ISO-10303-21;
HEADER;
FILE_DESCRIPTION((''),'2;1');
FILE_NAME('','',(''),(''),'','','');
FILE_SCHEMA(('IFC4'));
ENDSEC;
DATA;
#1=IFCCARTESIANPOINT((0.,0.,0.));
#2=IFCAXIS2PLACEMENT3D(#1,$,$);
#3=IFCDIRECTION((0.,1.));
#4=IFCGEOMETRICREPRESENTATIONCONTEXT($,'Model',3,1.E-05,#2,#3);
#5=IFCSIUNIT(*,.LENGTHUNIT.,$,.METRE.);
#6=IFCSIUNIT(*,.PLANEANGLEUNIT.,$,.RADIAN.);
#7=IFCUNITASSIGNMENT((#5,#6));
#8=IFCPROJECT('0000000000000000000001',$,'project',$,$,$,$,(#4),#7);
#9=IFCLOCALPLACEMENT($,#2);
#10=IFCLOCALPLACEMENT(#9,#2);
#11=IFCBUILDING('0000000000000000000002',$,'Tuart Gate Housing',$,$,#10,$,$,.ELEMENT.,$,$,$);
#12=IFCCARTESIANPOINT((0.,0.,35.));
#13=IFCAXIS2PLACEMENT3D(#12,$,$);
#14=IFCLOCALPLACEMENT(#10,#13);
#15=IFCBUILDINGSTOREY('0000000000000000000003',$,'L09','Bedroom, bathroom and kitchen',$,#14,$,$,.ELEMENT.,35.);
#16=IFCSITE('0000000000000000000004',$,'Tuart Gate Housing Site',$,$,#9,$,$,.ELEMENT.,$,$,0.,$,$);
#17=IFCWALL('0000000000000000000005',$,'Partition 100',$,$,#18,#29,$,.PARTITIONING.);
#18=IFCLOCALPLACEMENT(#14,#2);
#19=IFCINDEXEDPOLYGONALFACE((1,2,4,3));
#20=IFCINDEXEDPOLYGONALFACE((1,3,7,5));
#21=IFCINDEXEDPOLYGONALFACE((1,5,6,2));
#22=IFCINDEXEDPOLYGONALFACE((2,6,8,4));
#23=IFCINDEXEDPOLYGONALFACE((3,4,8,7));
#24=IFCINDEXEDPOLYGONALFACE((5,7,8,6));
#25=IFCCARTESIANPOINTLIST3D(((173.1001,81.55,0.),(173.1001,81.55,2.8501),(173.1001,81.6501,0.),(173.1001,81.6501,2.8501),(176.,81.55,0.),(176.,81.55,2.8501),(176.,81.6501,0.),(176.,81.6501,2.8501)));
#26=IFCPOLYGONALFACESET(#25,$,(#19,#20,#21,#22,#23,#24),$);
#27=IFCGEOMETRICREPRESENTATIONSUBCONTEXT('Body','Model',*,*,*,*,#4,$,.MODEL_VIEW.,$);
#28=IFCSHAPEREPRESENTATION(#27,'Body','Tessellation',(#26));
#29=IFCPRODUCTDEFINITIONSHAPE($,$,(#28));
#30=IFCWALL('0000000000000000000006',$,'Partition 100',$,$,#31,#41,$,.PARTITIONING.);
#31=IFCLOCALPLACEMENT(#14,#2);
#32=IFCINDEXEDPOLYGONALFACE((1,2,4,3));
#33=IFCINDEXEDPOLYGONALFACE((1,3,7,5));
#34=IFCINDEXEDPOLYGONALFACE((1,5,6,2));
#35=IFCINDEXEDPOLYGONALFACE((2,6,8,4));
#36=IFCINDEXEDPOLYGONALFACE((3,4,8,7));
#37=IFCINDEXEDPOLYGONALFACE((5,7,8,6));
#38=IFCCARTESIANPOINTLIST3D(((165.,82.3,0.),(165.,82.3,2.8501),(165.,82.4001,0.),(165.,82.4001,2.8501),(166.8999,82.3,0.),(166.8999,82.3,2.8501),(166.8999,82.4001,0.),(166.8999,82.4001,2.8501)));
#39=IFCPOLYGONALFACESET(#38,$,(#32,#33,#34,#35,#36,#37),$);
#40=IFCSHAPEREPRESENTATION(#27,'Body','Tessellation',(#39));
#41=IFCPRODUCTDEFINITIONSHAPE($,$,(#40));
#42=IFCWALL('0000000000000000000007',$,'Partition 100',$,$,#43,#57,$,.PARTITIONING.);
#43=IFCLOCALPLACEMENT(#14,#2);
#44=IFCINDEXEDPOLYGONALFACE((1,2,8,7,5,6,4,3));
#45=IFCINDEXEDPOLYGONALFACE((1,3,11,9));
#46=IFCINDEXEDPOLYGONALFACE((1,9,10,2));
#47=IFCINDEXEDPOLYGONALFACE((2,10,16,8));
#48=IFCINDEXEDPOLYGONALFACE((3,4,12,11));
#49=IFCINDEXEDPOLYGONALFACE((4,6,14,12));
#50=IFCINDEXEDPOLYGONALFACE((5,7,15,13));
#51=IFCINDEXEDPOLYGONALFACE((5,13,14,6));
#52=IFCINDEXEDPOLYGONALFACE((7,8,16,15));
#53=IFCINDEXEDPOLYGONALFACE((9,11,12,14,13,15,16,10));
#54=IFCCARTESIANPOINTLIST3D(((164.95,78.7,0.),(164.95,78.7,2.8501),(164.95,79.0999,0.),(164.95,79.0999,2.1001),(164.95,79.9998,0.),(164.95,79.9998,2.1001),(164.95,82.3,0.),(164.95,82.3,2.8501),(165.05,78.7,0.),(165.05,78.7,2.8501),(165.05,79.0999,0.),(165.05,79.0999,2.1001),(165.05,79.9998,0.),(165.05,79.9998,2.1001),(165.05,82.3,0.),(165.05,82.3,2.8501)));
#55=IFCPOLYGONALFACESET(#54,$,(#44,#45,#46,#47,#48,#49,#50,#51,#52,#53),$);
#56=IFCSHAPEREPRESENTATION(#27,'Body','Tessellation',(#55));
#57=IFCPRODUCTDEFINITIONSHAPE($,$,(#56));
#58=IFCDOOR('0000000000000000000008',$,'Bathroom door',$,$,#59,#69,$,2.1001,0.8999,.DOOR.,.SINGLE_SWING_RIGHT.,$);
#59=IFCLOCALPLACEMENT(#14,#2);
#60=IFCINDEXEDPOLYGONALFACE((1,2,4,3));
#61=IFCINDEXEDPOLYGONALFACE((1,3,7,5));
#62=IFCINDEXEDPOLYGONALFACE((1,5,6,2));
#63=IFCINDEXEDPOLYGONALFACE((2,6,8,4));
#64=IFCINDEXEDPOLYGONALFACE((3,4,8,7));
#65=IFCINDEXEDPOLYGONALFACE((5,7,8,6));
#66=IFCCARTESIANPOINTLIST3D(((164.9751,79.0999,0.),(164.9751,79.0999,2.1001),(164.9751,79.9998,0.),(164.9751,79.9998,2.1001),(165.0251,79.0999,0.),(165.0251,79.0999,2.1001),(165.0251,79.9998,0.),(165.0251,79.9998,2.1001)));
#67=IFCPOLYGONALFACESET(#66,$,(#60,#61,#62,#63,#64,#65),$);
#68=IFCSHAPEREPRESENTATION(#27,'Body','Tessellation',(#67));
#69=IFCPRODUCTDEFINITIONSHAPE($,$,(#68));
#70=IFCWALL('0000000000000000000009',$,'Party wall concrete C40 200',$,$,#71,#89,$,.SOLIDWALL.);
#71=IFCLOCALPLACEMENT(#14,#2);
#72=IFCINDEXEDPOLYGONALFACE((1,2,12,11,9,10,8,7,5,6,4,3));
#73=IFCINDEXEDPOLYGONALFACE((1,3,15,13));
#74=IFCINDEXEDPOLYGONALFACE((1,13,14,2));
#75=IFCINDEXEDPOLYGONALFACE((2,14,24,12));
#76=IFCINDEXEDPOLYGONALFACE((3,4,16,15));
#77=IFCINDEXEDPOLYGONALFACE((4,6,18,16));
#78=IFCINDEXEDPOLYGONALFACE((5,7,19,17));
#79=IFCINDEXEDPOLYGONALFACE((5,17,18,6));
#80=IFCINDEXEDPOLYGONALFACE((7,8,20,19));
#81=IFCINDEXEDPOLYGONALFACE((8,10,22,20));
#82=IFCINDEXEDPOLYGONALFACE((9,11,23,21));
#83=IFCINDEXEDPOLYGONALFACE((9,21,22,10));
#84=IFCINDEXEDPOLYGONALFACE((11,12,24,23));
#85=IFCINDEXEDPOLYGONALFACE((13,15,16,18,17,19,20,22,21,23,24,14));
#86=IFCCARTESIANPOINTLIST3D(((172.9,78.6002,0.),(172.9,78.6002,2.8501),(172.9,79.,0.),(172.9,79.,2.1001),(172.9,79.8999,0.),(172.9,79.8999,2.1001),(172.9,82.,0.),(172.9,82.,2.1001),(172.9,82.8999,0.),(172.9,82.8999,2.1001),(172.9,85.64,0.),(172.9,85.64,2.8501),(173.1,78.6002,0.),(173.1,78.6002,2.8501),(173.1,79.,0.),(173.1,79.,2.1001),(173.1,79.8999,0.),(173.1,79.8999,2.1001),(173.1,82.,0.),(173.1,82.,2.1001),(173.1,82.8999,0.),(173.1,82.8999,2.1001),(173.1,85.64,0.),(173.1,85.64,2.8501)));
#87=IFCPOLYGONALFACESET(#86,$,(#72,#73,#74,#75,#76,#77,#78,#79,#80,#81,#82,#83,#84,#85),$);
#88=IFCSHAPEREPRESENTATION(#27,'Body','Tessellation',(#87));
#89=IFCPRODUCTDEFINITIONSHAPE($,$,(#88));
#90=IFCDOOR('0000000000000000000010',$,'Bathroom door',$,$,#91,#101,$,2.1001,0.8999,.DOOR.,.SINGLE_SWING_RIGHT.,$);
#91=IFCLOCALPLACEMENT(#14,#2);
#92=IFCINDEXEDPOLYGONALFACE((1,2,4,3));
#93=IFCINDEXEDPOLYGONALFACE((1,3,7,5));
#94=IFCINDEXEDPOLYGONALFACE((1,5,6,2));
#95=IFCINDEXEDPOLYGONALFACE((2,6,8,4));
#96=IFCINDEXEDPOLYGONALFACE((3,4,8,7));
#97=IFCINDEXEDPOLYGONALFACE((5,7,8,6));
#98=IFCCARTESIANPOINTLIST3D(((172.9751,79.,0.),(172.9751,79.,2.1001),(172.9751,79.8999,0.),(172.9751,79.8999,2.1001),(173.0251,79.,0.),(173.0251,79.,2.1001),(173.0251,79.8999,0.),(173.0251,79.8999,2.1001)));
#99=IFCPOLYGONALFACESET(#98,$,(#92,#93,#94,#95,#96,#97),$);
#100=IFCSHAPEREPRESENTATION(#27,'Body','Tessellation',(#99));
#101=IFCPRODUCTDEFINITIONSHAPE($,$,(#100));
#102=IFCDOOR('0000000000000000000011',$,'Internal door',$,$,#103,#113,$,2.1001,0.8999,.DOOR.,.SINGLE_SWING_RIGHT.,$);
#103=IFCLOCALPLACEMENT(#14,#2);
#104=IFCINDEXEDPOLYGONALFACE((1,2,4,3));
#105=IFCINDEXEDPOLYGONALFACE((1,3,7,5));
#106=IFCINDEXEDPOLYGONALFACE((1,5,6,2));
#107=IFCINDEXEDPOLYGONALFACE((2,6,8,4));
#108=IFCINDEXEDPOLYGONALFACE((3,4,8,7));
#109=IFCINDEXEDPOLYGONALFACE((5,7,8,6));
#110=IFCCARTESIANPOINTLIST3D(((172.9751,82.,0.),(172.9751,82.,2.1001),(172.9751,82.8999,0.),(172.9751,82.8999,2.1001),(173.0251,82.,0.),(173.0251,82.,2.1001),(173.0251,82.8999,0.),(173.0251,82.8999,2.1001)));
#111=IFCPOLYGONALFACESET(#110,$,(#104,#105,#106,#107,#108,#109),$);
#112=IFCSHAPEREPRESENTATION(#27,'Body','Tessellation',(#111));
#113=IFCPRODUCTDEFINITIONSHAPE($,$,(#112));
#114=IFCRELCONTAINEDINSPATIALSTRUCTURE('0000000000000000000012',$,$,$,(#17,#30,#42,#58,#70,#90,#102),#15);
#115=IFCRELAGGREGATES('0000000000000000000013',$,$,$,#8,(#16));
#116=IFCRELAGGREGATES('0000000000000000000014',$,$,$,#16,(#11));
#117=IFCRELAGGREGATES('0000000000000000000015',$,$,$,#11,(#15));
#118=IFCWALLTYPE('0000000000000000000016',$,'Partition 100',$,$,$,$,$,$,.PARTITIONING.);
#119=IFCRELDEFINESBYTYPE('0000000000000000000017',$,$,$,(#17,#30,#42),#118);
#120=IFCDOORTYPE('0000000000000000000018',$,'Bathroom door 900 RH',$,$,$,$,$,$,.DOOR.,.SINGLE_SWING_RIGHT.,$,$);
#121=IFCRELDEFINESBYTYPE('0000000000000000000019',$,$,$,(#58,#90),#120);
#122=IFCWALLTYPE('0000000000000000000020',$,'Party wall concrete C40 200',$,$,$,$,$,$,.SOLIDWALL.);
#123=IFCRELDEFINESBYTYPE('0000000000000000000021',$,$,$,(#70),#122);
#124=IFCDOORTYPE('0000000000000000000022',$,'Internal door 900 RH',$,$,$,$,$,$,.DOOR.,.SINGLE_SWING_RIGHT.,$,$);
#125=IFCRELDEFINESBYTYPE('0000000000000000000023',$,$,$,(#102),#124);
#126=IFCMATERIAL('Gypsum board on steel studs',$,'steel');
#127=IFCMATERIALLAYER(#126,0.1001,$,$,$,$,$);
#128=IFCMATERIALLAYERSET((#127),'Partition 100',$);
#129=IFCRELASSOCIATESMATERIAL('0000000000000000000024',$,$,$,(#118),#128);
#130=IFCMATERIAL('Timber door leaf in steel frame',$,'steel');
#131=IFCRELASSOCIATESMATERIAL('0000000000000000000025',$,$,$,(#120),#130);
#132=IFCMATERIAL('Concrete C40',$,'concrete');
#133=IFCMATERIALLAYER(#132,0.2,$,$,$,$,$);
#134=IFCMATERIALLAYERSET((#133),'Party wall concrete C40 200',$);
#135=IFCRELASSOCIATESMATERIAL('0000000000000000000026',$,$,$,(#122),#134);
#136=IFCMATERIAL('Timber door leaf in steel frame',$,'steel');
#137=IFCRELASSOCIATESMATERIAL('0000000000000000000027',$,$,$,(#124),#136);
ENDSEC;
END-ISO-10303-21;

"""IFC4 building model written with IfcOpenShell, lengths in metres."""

from ifc_helpers import new_model, si_unit, direction, frame, frame_2d, origin, place, context, subcontext, project, spatial, rectangle, extrude, material, layer, layer_set, type_object, element, fill, save


model = new_model("IFC4")

# Units and contexts
model_context = context("Model", 3, precision=1e-05, world=origin(), true_north=direction((0.0, 1.0)))
body_context = subcontext(model_context, "Body", "Model", "MODEL_VIEW")
ifc_project = project(units=[si_unit("LENGTHUNIT", "METRE"), si_unit("PLANEANGLEUNIT", "RADIAN")], contexts=[model_context])

# Site, building, storey
site_placement = place(None, origin())
site = spatial("IfcSite", under=ifc_project, at=site_placement, Name="Tuart Gate Housing Site", CompositionType="ELEMENT", RefElevation=0.0)
building_placement = place(site_placement, origin())
building = spatial("IfcBuilding", under=site, at=building_placement, Name="Tuart Gate Housing", CompositionType="ELEMENT")
storey_placement = place(building_placement, frame((0.0, 0.0, 35.0)))
storey = spatial("IfcBuildingStorey", under=building, at=storey_placement, Name="L09", Description="Bedroom, bathroom and kitchen", CompositionType="ELEMENT", Elevation=35.0)

# Walls
ifc_material_1 = material(Name="Gypsum board on steel studs", Category="steel")
ifc_layer_1 = layer(ifc_material_1, 0.1001)
ifc_layer_set_1 = layer_set([ifc_layer_1], Name="Partition 100")
wall_type_1 = type_object("IfcWallType", Name="Partition 100", PredefinedType="PARTITIONING", material=ifc_layer_set_1)
wall_1_placement = place(storey_placement, frame((173.1001, 81.6001, 0.0), z_axis=(0.0, 0.0, 1.0), x_axis=(1.0, 0.0, 0.0)))
element("IfcWall", 1, at=wall_1_placement, inside=storey, type_object=wall_type_1, Name="Partition 100", PredefinedType="PARTITIONING", context=body_context, shape_type="SweptSolid", body=[
    extrude(rectangle(XDim=2.8999, YDim=0.1001, at=frame_2d((1.45, 0.0))), origin(), (0.0, 0.0, 1.0), 2.8501),
])
wall_2_placement = place(storey_placement, frame((165.0, 82.3501, 0.0), z_axis=(0.0, 0.0, 1.0), x_axis=(1.0, 0.0, 0.0)))
element("IfcWall", 2, at=wall_2_placement, inside=storey, type_object=wall_type_1, Name="Partition 100", PredefinedType="PARTITIONING", context=body_context, shape_type="SweptSolid", body=[
    extrude(rectangle(XDim=1.8999, YDim=0.1001, at=frame_2d((0.95, 0.0))), origin(), (0.0, 0.0, 1.0), 2.8501),
])

# Wall, opening, door
wall_3_placement = place(storey_placement, frame((165.0, 78.7, 0.0), z_axis=(0.0, 0.0, 1.0), x_axis=(0.0, 1.0, 0.0)))
wall_3 = element("IfcWall", 3, at=wall_3_placement, inside=storey, type_object=wall_type_1, Name="Partition 100", PredefinedType="PARTITIONING", context=body_context, shape_type="SweptSolid", body=[
    extrude(rectangle(XDim=3.6001, YDim=0.1001, at=frame_2d((1.8, 0.0))), origin(), (0.0, 0.0, 1.0), 2.8501),
])
opening_1_placement = place(wall_3_placement, frame((0.3999, 0.0, 0.0)))
opening_1 = element("IfcOpeningElement", 4, at=opening_1_placement, cuts=wall_3, PredefinedType="OPENING", context=body_context, shape_type="SweptSolid", body=[
    extrude(rectangle(XDim=0.8999, YDim=2.1001, at=frame_2d((0.45, 1.05))), frame((0.0, 0.0601, 0.0), z_axis=(0.0, -1.0, 0.0), x_axis=(1.0, 0.0, 0.0)), (0.0, 0.0, 1.0), 0.1201),
])
ifc_material_2 = material(Name="Timber door leaf in steel frame", Category="steel")
door_type_1 = type_object("IfcDoorType", Name="Bathroom door 900 RH", OperationType="SINGLE_SWING_RIGHT", PredefinedType="DOOR", material=ifc_material_2)
door_1_placement = place(opening_1_placement, frame((0.8999, 0.0, 0.0), z_axis=(0.0, 0.0, 1.0), x_axis=(-1.0, 0.0, 0.0)))
door_1 = element("IfcDoor", 5, at=door_1_placement, inside=storey, type_object=door_type_1, Name="Bathroom door", OperationType="SINGLE_SWING_RIGHT", OverallHeight=2.1001, OverallWidth=0.8999, PredefinedType="DOOR", context=body_context, shape_type="SweptSolid", body=[
    extrude(rectangle(XDim=0.8999, YDim=2.1001, at=frame_2d((0.45, 1.05))), frame((0.0, 0.0251, 0.0), z_axis=(0.0, -1.0, 0.0), x_axis=(1.0, 0.0, 0.0)), (0.0, 0.0, 1.0), 0.05),
])
fill(opening_1, door_1)

# Wall, openings, doors
ifc_material_3 = material(Name="Concrete C40", Category="concrete")
ifc_layer_2 = layer(ifc_material_3, 0.2)
ifc_layer_set_2 = layer_set([ifc_layer_2], Name="Party wall concrete C40 200")
wall_type_2 = type_object("IfcWallType", Name="Party wall concrete C40 200", PredefinedType="SOLIDWALL", material=ifc_layer_set_2)
wall_4_placement = place(storey_placement, frame((173.0, 78.6001, 0.0), z_axis=(0.0, 0.0, 1.0), x_axis=(0.0, 1.0, 0.0)))
wall_4 = element("IfcWall", 6, at=wall_4_placement, inside=storey, type_object=wall_type_2, Name="Party wall concrete C40 200", PredefinedType="SOLIDWALL", context=body_context, shape_type="SweptSolid", body=[
    extrude(rectangle(XDim=7.0398, YDim=0.2, at=frame_2d((3.52, 0.0))), origin(), (0.0, 0.0, 1.0), 2.8501),
])
opening_2_placement = place(wall_4_placement, frame((3.3999, 0.0, 0.0)))
opening_2 = element("IfcOpeningElement", 7, at=opening_2_placement, cuts=wall_4, PredefinedType="OPENING", context=body_context, shape_type="SweptSolid", body=[
    extrude(rectangle(XDim=0.8999, YDim=2.1001, at=frame_2d((0.45, 1.05))), frame((0.0, 0.1099, 0.0), z_axis=(0.0, -1.0, 0.0), x_axis=(1.0, 0.0, 0.0)), (0.0, 0.0, 1.0), 0.22),
])
opening_3_placement = place(wall_4_placement, frame((0.3999, 0.0, 0.0)))
opening_3 = element("IfcOpeningElement", 8, at=opening_3_placement, cuts=wall_4, PredefinedType="OPENING", context=body_context, shape_type="SweptSolid", body=[
    extrude(rectangle(XDim=0.8999, YDim=2.1001, at=frame_2d((0.45, 1.05))), frame((0.0, 0.1099, 0.0), z_axis=(0.0, -1.0, 0.0), x_axis=(1.0, 0.0, 0.0)), (0.0, 0.0, 1.0), 0.22),
])
door_2_placement = place(opening_3_placement, frame((0.8999, 0.0, 0.0), z_axis=(0.0, 0.0, 1.0), x_axis=(-1.0, 0.0, 0.0)))
door_2 = element("IfcDoor", 9, at=door_2_placement, inside=storey, type_object=door_type_1, Name="Bathroom door", OperationType="SINGLE_SWING_RIGHT", OverallHeight=2.1001, OverallWidth=0.8999, PredefinedType="DOOR", context=body_context, shape_type="SweptSolid", body=[
    extrude(rectangle(XDim=0.8999, YDim=2.1001, at=frame_2d((0.45, 1.05))), frame((0.0, 0.0251, 0.0), z_axis=(0.0, -1.0, 0.0), x_axis=(1.0, 0.0, 0.0)), (0.0, 0.0, 1.0), 0.05),
])
fill(opening_3, door_2)
ifc_material_4 = material(Name="Timber door leaf in steel frame", Category="steel")
door_type_2 = type_object("IfcDoorType", Name="Internal door 900 RH", OperationType="SINGLE_SWING_RIGHT", PredefinedType="DOOR", material=ifc_material_4)
door_3_placement = place(opening_2_placement, frame((0.8999, 0.0, 0.0), z_axis=(0.0, 0.0, 1.0), x_axis=(-1.0, 0.0, 0.0)))
door_3 = element("IfcDoor", 10, at=door_3_placement, inside=storey, type_object=door_type_2, Name="Internal door", OperationType="SINGLE_SWING_RIGHT", OverallHeight=2.1001, OverallWidth=0.8999, PredefinedType="DOOR", context=body_context, shape_type="SweptSolid", body=[
    extrude(rectangle(XDim=0.8999, YDim=2.1001, at=frame_2d((0.45, 1.05))), frame((0.0, 0.0251, 0.0), z_axis=(0.0, -1.0, 0.0), x_axis=(1.0, 0.0, 0.0)), (0.0, 0.0, 1.0), 0.05),
])
fill(opening_2, door_3)

save(model, "model.ifc")
